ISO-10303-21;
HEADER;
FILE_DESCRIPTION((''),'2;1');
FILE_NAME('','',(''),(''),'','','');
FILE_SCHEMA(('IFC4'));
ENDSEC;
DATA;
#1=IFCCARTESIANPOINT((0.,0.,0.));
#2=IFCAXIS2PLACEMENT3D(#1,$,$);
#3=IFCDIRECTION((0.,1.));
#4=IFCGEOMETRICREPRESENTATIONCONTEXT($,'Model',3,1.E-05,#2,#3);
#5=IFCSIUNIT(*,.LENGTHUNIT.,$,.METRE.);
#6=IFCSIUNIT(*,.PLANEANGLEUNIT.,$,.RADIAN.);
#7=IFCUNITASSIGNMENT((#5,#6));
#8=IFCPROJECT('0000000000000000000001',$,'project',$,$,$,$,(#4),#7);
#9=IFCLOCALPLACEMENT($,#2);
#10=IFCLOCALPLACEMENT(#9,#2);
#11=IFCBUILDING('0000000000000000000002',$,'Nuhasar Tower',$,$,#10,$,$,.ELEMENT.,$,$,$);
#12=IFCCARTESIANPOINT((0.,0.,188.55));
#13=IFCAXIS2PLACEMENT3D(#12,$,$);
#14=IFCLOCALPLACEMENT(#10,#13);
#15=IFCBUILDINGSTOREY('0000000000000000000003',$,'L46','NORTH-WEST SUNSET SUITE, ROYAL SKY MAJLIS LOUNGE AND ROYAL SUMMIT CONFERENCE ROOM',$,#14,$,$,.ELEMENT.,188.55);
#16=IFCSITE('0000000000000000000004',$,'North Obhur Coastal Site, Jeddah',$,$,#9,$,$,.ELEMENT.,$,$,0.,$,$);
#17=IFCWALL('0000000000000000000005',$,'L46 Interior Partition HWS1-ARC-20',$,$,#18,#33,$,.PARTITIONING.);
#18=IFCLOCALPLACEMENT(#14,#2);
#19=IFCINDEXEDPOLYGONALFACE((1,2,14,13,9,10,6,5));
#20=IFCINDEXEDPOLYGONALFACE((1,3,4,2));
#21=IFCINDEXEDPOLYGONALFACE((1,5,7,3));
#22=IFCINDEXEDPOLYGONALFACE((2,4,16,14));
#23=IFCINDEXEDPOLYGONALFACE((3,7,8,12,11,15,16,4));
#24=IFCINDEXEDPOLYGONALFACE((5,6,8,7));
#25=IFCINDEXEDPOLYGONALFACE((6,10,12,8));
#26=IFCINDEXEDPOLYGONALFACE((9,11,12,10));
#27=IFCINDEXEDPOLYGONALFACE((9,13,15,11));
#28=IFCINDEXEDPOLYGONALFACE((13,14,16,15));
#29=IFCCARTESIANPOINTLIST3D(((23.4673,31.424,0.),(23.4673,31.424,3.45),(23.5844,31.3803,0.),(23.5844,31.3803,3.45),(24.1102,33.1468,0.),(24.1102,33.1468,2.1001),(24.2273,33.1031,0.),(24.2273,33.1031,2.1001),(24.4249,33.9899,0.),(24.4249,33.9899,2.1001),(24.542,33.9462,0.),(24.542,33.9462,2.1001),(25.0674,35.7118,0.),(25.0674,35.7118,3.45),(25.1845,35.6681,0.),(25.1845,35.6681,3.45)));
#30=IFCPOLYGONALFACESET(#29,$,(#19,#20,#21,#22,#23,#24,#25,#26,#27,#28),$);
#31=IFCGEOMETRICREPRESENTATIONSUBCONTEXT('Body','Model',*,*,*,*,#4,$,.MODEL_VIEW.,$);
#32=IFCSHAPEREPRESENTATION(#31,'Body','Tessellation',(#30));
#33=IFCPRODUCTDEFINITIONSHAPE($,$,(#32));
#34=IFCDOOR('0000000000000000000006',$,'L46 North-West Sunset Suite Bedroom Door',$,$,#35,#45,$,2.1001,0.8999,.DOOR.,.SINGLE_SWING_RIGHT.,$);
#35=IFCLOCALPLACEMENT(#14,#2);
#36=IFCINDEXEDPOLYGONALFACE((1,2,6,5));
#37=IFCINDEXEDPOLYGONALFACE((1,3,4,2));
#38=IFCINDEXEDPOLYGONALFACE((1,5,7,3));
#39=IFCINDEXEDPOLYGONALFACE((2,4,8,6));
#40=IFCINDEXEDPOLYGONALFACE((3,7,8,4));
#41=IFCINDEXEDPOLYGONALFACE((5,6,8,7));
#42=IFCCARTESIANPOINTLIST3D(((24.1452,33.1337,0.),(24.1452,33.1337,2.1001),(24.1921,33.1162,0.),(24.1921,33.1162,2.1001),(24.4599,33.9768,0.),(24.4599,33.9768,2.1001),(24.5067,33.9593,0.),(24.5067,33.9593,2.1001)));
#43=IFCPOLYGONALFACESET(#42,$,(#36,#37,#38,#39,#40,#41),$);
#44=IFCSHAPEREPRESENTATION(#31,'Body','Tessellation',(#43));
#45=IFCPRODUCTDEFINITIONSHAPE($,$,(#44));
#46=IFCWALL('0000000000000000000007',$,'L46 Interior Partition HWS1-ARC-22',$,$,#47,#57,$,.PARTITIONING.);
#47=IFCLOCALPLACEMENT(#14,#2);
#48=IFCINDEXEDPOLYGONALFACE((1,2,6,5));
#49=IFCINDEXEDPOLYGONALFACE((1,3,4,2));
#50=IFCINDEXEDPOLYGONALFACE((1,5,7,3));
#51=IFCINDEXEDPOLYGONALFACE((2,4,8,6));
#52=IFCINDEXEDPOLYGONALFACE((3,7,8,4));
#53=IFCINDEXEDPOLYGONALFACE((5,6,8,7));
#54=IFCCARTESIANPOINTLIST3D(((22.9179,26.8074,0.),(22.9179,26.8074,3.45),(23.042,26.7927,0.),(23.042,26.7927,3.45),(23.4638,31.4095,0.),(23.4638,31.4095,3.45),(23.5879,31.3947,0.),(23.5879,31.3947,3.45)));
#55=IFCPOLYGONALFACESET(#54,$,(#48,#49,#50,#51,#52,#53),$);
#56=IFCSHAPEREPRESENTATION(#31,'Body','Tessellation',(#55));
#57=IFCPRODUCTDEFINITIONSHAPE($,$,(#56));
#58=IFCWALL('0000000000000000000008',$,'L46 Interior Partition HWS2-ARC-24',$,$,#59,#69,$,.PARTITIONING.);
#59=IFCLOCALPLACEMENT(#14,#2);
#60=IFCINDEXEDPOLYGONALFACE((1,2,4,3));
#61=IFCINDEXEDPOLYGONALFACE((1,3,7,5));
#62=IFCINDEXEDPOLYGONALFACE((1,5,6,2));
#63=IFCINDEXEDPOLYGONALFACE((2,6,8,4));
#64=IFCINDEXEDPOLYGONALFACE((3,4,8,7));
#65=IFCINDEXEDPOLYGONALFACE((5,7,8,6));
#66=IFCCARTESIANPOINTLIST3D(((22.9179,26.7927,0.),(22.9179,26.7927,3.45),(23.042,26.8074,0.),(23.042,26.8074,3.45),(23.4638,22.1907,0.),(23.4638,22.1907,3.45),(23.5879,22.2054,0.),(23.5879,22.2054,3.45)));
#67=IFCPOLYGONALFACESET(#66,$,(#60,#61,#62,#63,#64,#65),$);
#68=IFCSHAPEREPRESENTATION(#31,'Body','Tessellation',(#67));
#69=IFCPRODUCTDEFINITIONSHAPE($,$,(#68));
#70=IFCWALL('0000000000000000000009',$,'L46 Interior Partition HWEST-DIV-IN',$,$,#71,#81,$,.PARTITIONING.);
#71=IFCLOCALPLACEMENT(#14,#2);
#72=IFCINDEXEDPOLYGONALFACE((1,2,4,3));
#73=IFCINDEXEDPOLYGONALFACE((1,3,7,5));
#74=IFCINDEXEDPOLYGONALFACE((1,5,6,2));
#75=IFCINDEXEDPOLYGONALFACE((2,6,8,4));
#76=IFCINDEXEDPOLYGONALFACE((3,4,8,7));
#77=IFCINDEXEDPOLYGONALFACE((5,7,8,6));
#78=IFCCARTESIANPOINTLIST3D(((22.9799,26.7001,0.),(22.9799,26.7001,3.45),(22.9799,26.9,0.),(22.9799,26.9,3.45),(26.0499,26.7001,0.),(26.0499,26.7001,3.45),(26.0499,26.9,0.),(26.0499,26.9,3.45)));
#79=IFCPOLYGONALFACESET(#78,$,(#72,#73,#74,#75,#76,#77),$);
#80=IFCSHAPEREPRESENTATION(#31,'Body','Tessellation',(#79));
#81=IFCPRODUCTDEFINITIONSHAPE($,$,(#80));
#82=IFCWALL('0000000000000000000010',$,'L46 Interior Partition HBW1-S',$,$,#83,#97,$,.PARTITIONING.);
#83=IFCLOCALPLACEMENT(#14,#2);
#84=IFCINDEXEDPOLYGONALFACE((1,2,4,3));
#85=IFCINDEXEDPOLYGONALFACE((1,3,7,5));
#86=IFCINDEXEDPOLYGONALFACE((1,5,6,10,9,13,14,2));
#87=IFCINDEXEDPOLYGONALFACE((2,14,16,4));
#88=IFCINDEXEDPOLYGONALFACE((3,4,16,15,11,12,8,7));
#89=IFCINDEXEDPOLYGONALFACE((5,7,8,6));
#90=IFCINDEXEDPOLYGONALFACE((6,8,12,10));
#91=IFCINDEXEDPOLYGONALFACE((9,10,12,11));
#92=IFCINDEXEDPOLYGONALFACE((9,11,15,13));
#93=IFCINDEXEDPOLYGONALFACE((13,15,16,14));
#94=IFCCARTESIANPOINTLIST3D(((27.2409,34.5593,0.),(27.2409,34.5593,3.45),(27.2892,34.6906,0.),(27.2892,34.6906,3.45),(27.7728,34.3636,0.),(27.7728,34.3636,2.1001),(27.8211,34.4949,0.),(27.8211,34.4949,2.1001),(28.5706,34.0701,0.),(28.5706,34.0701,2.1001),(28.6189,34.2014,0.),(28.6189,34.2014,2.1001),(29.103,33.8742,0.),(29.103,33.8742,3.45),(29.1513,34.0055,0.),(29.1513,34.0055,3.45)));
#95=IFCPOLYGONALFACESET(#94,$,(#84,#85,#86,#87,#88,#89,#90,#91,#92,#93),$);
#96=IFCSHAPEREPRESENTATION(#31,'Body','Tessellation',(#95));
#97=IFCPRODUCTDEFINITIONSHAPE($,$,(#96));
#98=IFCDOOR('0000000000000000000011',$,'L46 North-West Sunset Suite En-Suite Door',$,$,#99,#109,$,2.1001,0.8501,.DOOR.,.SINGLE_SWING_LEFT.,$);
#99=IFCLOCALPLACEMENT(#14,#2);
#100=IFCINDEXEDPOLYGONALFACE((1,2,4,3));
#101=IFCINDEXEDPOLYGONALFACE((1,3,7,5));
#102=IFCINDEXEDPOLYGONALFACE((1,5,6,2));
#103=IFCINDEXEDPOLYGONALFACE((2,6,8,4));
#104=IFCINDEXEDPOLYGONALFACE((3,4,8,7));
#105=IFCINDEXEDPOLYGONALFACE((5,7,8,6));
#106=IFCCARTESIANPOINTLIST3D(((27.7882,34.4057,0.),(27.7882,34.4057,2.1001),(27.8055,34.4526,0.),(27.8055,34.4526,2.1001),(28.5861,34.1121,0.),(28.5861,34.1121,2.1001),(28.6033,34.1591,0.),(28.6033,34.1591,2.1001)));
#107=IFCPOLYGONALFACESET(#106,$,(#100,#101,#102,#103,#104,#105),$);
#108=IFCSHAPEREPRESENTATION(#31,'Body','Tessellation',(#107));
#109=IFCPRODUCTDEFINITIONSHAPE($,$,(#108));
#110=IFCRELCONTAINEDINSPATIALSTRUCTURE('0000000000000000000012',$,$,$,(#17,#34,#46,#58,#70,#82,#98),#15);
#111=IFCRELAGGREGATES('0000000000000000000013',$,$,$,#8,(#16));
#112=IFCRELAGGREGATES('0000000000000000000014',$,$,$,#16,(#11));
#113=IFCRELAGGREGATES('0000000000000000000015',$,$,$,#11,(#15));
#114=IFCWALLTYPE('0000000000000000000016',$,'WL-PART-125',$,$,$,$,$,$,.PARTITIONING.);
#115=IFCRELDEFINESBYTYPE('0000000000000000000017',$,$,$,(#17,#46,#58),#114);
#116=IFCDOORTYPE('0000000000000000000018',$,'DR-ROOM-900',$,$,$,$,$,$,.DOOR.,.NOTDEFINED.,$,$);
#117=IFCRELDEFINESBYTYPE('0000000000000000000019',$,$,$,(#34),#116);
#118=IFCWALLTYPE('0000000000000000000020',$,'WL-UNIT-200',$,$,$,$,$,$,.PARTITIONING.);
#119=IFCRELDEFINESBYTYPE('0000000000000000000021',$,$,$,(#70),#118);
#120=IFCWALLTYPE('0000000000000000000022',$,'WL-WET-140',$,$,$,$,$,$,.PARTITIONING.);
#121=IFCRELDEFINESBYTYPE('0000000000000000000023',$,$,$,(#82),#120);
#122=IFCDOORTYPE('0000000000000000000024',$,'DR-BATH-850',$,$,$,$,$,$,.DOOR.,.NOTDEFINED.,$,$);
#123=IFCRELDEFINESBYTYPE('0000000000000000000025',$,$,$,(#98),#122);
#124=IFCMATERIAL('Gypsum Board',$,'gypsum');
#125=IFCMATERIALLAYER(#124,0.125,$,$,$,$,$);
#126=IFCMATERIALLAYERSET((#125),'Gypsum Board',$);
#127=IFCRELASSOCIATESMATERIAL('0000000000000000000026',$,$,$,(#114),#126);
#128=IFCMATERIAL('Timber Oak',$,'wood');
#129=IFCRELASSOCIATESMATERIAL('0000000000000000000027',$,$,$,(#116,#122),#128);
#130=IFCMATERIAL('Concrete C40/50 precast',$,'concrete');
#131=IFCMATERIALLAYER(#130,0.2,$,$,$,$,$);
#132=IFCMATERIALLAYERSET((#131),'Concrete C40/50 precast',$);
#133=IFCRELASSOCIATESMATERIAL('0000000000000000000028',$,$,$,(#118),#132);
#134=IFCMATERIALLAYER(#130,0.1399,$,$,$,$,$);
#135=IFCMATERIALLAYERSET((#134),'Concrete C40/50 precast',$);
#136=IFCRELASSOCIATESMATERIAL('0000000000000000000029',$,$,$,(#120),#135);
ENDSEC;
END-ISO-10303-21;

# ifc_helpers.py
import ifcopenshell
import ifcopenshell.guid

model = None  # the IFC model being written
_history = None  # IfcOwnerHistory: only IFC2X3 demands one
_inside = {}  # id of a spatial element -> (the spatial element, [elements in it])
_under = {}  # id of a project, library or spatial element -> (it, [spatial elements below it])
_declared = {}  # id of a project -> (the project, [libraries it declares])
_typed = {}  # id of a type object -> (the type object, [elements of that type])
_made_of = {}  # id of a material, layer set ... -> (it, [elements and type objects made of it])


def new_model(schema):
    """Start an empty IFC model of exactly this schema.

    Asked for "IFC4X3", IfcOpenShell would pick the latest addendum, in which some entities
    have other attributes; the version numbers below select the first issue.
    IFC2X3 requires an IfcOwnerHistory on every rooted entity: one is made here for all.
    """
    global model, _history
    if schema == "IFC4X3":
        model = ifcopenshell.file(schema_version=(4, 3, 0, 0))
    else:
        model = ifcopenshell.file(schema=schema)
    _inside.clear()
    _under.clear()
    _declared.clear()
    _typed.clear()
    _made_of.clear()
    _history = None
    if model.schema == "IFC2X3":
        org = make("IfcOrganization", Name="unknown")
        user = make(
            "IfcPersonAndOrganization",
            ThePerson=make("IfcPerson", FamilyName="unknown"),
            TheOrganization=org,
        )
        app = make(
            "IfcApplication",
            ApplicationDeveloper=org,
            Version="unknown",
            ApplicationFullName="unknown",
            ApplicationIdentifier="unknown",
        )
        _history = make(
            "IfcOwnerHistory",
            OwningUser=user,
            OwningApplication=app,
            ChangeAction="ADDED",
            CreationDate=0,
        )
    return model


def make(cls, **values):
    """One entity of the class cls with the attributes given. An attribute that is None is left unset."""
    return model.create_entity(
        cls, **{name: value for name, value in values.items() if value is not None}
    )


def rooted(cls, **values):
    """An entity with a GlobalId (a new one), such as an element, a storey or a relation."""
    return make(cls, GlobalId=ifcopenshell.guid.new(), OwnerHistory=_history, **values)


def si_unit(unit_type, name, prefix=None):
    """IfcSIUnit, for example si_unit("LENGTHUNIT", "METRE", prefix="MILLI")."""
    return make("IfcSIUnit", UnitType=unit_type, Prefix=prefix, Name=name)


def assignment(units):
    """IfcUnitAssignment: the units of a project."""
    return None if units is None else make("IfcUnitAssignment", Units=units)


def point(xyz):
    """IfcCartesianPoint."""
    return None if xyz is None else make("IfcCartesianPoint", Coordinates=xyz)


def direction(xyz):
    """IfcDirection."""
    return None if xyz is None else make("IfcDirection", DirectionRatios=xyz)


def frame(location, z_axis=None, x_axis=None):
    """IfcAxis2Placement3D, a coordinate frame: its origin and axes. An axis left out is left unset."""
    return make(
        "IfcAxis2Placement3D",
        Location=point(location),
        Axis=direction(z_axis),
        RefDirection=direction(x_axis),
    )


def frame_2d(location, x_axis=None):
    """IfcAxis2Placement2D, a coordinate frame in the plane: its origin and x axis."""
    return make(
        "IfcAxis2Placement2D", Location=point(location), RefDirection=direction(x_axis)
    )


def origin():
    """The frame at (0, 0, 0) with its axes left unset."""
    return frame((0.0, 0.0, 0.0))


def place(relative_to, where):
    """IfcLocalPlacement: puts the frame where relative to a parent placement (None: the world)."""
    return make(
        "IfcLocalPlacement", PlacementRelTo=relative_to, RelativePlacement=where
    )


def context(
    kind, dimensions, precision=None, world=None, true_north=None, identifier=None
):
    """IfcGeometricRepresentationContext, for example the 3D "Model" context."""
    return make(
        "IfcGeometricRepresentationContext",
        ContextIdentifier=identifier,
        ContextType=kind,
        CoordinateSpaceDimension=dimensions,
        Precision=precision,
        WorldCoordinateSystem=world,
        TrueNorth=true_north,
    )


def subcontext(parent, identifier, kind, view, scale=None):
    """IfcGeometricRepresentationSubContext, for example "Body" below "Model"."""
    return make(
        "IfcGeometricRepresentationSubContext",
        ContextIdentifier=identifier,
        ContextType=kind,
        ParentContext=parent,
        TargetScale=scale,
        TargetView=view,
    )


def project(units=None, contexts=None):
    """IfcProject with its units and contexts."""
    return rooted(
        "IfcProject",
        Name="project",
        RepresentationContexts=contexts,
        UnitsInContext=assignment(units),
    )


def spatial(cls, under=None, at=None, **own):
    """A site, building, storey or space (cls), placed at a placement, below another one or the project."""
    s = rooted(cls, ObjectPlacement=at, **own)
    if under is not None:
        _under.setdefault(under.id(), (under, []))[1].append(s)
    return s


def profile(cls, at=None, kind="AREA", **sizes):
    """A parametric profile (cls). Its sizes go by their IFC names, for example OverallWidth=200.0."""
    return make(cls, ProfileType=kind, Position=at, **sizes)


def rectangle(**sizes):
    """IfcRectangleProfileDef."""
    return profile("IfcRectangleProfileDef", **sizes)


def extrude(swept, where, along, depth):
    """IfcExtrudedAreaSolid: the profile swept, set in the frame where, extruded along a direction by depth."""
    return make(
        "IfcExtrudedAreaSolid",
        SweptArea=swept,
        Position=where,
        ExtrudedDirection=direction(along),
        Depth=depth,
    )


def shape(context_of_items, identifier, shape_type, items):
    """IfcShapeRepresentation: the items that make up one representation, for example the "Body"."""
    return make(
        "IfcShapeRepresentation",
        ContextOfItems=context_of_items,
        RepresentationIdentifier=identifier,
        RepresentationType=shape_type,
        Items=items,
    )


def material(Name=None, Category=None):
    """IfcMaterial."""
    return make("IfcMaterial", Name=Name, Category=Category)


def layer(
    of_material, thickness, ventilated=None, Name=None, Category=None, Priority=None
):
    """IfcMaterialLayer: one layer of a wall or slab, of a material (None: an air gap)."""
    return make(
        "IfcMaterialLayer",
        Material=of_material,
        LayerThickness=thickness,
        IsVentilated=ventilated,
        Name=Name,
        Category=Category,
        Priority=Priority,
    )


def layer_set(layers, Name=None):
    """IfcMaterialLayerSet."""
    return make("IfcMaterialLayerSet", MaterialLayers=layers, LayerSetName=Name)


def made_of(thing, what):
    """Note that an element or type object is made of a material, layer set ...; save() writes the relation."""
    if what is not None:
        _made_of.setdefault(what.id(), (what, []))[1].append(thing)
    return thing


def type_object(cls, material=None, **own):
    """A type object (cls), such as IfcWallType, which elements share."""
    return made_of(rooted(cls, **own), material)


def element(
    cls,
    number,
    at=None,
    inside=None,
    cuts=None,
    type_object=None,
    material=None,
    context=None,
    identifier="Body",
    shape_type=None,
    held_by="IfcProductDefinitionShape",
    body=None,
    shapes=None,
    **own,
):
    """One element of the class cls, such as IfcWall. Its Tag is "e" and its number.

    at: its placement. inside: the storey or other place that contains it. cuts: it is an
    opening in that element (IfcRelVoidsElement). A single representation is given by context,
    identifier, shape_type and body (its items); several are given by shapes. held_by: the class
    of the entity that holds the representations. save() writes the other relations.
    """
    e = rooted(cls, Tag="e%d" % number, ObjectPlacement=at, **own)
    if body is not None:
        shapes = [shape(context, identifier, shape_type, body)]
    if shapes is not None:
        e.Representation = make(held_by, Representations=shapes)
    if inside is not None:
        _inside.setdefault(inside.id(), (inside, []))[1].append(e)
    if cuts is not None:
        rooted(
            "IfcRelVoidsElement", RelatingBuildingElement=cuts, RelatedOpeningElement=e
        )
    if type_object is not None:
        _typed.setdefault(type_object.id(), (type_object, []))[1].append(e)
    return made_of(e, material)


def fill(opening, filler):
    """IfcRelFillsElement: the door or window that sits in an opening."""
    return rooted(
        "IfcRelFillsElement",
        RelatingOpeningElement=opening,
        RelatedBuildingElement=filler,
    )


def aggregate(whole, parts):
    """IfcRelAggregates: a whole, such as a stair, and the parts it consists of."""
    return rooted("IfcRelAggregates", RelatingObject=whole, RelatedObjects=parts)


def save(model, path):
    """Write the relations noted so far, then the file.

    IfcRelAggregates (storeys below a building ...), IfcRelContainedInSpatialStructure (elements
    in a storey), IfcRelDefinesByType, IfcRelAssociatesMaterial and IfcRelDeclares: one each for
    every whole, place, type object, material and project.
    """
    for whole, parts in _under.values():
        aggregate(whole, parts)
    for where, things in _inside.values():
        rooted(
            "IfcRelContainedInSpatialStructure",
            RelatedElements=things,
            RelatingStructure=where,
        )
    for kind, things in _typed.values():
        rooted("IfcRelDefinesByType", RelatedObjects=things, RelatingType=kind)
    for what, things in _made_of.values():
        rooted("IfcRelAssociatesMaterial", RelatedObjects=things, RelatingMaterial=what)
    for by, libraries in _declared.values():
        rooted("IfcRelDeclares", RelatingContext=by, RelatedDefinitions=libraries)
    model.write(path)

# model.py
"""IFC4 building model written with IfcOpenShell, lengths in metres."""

from ifc_helpers import new_model, si_unit, direction, frame, frame_2d, origin, place, context, subcontext, project, spatial, rectangle, extrude, material, layer, layer_set, type_object, element, fill, save


model = new_model("IFC4")

# Units and contexts
model_context = context("Model", 3, precision=1e-05, world=origin(), true_north=direction((0.0, 1.0)))
body_context = subcontext(model_context, "Body", "Model", "MODEL_VIEW")
ifc_project = project(units=[si_unit("LENGTHUNIT", "METRE"), si_unit("PLANEANGLEUNIT", "RADIAN")], contexts=[model_context])

# Site, building, storey
site_placement = place(None, origin())
site = spatial("IfcSite", under=ifc_project, at=site_placement, Name="North Obhur Coastal Site, Jeddah", CompositionType="ELEMENT", RefElevation=0.0)
building_placement = place(site_placement, origin())
building = spatial("IfcBuilding", under=site, at=building_placement, Name="Nuhasar Tower", CompositionType="ELEMENT")
storey_placement = place(building_placement, frame((0.0, 0.0, 188.55)))
storey = spatial("IfcBuildingStorey", under=building, at=storey_placement, Name="L46", Description="NORTH-WEST SUNSET SUITE, ROYAL SKY MAJLIS LOUNGE AND ROYAL SUMMIT CONFERENCE ROOM", CompositionType="ELEMENT", Elevation=188.55)

# Shared definitions
ifc_material_1 = material(Name="Gypsum Board", Category="gypsum")

# Shared definitions
ifc_material_2 = material(Name="Timber Oak", Category="wood")

# Shared definitions
ifc_layer_1 = layer(ifc_material_1, 0.125)
ifc_layer_set_1 = layer_set([ifc_layer_1], Name="Gypsum Board")
wall_type_1 = type_object("IfcWallType", Name="WL-PART-125", PredefinedType="PARTITIONING", material=ifc_layer_set_1)

# Wall, opening, door
wall_1_placement = place(storey_placement, frame((25.126, 35.6899, 0.0), z_axis=(0.0, 0.0, 1.0), x_axis=(-0.349621, -0.936891, 0.0)))
wall_1 = element("IfcWall", 1, at=wall_1_placement, inside=storey, type_object=wall_type_1, Name="L46 Interior Partition HWS1-ARC-20", PredefinedType="PARTITIONING", context=body_context, shape_type="SweptSolid", body=[
    extrude(rectangle(XDim=4.5767, YDim=0.125, at=frame_2d((2.2883, 0.0))), origin(), (0.0, 0.0, 1.0), 3.45),
])
opening_1_placement = place(wall_1_placement, frame((1.8379, 0.0, 0.0)))
opening_1 = element("IfcOpeningElement", 2, at=opening_1_placement, cuts=wall_1, PredefinedType="OPENING", context=body_context, shape_type="SweptSolid", body=[
    extrude(rectangle(XDim=0.8999, YDim=2.1001, at=frame_2d((0.45, 1.05))), frame((0.0, 0.0725, 0.0), z_axis=(0.0, -1.0, 0.0), x_axis=(1.0, 0.0, 0.0)), (0.0, 0.0, 1.0), 0.145),
])
door_type_1 = type_object("IfcDoorType", Name="DR-ROOM-900", OperationType="NOTDEFINED", PredefinedType="DOOR", material=ifc_material_2)
door_1_placement = place(opening_1_placement, origin())
door_1 = element("IfcDoor", 3, at=door_1_placement, inside=storey, type_object=door_type_1, Name="L46 North-West Sunset Suite Bedroom Door", OperationType="SINGLE_SWING_RIGHT", OverallHeight=2.1001, OverallWidth=0.8999, PredefinedType="DOOR", context=body_context, shape_type="SweptSolid", body=[
    extrude(rectangle(XDim=0.8999, YDim=2.1001, at=frame_2d((0.45, 1.05))), frame((0.0, 0.0249, 0.0), z_axis=(0.0, -1.0, 0.0), x_axis=(1.0, 0.0, 0.0)), (0.0, 0.0, 1.0), 0.05),
])
fill(opening_1, door_1)

# Walls
for number, where, z_axis, x_axis, name in (
    (4, (23.5259, 31.4021, 0.0), (0.0, 0.0, 1.0), (-0.117795, -0.993038, 0.0), "L46 Interior Partition HWS1-ARC-22"),
    (5, (22.98, 26.8, 0.0), (0.0, 0.0, 1.0), (0.117795, -0.993038, 0.0), "L46 Interior Partition HWS2-ARC-24"),
):
    element("IfcWall", number, at=place(storey_placement, frame(where, z_axis=z_axis, x_axis=x_axis)), inside=storey, type_object=wall_type_1, Name=name, PredefinedType="PARTITIONING", context=body_context, shape_type="SweptSolid", body=[
        extrude(rectangle(XDim=4.6343, YDim=0.125, at=frame_2d((2.3171, 0.0))), origin(), (0.0, 0.0, 1.0), 3.45),
    ])
ifc_material_3 = material(Name="Concrete C40/50 precast", Category="concrete")
ifc_layer_2 = layer(ifc_material_3, 0.2)
ifc_layer_set_2 = layer_set([ifc_layer_2], Name="Concrete C40/50 precast")
wall_type_2 = type_object("IfcWallType", Name="WL-UNIT-200", PredefinedType="PARTITIONING", material=ifc_layer_set_2)
wall_2_placement = place(storey_placement, frame((26.05, 26.8, 0.0), z_axis=(0.0, 0.0, 1.0), x_axis=(-1.0, 0.0, 0.0)))
element("IfcWall", 6, at=wall_2_placement, inside=storey, type_object=wall_type_2, Name="L46 Interior Partition HWEST-DIV-IN", PredefinedType="PARTITIONING", context=body_context, shape_type="SweptSolid", body=[
    extrude(rectangle(XDim=3.0701, YDim=0.2, at=frame_2d((1.5352, 0.0))), origin(), (0.0, 0.0, 1.0), 3.45),
])

# Wall, opening, door
ifc_layer_3 = layer(ifc_material_3, 0.1399)
ifc_layer_set_3 = layer_set([ifc_layer_3], Name="Concrete C40/50 precast")
wall_type_3 = type_object("IfcWallType", Name="WL-WET-140", PredefinedType="PARTITIONING", material=ifc_layer_set_3)
wall_3_placement = place(storey_placement, frame((27.2649, 34.625, 0.0), z_axis=(0.0, 0.0, 1.0), x_axis=(0.938501, -0.345278, 0.0)))
wall_3 = element("IfcWall", 7, at=wall_3_placement, inside=storey, type_object=wall_type_3, Name="L46 Interior Partition HBW1-S", PredefinedType="PARTITIONING", context=body_context, shape_type="SweptSolid", body=[
    extrude(rectangle(XDim=1.9841, YDim=0.1399, at=frame_2d((0.9922, 0.0))), origin(), (0.0, 0.0, 1.0), 3.45),
])
opening_2_placement = place(wall_3_placement, frame((0.5669, 0.0, 0.0)))
opening_2 = element("IfcOpeningElement", 8, at=opening_2_placement, cuts=wall_3, PredefinedType="OPENING", context=body_context, shape_type="SweptSolid", body=[
    extrude(rectangle(XDim=0.8501, YDim=2.1001, at=frame_2d((0.425, 1.05))), frame((0.0, 0.0801, 0.0), z_axis=(0.0, -1.0, 0.0), x_axis=(1.0, 0.0, 0.0)), (0.0, 0.0, 1.0), 0.1599),
])
door_type_2 = type_object("IfcDoorType", Name="DR-BATH-850", OperationType="NOTDEFINED", PredefinedType="DOOR", material=ifc_material_2)
door_2_placement = place(opening_2_placement, origin())
door_2 = element("IfcDoor", 9, at=door_2_placement, inside=storey, type_object=door_type_2, Name="L46 North-West Sunset Suite En-Suite Door", OperationType="SINGLE_SWING_LEFT", OverallHeight=2.1001, OverallWidth=0.8501, PredefinedType="DOOR", context=body_context, shape_type="SweptSolid", body=[
    extrude(rectangle(XDim=0.8501, YDim=2.1001, at=frame_2d((0.425, 1.05))), frame((0.0, 0.0249, 0.0), z_axis=(0.0, -1.0, 0.0), x_axis=(1.0, 0.0, 0.0)), (0.0, 0.0, 1.0), 0.05),
])
fill(opening_2, door_2)

save(model, "model.ifc")
